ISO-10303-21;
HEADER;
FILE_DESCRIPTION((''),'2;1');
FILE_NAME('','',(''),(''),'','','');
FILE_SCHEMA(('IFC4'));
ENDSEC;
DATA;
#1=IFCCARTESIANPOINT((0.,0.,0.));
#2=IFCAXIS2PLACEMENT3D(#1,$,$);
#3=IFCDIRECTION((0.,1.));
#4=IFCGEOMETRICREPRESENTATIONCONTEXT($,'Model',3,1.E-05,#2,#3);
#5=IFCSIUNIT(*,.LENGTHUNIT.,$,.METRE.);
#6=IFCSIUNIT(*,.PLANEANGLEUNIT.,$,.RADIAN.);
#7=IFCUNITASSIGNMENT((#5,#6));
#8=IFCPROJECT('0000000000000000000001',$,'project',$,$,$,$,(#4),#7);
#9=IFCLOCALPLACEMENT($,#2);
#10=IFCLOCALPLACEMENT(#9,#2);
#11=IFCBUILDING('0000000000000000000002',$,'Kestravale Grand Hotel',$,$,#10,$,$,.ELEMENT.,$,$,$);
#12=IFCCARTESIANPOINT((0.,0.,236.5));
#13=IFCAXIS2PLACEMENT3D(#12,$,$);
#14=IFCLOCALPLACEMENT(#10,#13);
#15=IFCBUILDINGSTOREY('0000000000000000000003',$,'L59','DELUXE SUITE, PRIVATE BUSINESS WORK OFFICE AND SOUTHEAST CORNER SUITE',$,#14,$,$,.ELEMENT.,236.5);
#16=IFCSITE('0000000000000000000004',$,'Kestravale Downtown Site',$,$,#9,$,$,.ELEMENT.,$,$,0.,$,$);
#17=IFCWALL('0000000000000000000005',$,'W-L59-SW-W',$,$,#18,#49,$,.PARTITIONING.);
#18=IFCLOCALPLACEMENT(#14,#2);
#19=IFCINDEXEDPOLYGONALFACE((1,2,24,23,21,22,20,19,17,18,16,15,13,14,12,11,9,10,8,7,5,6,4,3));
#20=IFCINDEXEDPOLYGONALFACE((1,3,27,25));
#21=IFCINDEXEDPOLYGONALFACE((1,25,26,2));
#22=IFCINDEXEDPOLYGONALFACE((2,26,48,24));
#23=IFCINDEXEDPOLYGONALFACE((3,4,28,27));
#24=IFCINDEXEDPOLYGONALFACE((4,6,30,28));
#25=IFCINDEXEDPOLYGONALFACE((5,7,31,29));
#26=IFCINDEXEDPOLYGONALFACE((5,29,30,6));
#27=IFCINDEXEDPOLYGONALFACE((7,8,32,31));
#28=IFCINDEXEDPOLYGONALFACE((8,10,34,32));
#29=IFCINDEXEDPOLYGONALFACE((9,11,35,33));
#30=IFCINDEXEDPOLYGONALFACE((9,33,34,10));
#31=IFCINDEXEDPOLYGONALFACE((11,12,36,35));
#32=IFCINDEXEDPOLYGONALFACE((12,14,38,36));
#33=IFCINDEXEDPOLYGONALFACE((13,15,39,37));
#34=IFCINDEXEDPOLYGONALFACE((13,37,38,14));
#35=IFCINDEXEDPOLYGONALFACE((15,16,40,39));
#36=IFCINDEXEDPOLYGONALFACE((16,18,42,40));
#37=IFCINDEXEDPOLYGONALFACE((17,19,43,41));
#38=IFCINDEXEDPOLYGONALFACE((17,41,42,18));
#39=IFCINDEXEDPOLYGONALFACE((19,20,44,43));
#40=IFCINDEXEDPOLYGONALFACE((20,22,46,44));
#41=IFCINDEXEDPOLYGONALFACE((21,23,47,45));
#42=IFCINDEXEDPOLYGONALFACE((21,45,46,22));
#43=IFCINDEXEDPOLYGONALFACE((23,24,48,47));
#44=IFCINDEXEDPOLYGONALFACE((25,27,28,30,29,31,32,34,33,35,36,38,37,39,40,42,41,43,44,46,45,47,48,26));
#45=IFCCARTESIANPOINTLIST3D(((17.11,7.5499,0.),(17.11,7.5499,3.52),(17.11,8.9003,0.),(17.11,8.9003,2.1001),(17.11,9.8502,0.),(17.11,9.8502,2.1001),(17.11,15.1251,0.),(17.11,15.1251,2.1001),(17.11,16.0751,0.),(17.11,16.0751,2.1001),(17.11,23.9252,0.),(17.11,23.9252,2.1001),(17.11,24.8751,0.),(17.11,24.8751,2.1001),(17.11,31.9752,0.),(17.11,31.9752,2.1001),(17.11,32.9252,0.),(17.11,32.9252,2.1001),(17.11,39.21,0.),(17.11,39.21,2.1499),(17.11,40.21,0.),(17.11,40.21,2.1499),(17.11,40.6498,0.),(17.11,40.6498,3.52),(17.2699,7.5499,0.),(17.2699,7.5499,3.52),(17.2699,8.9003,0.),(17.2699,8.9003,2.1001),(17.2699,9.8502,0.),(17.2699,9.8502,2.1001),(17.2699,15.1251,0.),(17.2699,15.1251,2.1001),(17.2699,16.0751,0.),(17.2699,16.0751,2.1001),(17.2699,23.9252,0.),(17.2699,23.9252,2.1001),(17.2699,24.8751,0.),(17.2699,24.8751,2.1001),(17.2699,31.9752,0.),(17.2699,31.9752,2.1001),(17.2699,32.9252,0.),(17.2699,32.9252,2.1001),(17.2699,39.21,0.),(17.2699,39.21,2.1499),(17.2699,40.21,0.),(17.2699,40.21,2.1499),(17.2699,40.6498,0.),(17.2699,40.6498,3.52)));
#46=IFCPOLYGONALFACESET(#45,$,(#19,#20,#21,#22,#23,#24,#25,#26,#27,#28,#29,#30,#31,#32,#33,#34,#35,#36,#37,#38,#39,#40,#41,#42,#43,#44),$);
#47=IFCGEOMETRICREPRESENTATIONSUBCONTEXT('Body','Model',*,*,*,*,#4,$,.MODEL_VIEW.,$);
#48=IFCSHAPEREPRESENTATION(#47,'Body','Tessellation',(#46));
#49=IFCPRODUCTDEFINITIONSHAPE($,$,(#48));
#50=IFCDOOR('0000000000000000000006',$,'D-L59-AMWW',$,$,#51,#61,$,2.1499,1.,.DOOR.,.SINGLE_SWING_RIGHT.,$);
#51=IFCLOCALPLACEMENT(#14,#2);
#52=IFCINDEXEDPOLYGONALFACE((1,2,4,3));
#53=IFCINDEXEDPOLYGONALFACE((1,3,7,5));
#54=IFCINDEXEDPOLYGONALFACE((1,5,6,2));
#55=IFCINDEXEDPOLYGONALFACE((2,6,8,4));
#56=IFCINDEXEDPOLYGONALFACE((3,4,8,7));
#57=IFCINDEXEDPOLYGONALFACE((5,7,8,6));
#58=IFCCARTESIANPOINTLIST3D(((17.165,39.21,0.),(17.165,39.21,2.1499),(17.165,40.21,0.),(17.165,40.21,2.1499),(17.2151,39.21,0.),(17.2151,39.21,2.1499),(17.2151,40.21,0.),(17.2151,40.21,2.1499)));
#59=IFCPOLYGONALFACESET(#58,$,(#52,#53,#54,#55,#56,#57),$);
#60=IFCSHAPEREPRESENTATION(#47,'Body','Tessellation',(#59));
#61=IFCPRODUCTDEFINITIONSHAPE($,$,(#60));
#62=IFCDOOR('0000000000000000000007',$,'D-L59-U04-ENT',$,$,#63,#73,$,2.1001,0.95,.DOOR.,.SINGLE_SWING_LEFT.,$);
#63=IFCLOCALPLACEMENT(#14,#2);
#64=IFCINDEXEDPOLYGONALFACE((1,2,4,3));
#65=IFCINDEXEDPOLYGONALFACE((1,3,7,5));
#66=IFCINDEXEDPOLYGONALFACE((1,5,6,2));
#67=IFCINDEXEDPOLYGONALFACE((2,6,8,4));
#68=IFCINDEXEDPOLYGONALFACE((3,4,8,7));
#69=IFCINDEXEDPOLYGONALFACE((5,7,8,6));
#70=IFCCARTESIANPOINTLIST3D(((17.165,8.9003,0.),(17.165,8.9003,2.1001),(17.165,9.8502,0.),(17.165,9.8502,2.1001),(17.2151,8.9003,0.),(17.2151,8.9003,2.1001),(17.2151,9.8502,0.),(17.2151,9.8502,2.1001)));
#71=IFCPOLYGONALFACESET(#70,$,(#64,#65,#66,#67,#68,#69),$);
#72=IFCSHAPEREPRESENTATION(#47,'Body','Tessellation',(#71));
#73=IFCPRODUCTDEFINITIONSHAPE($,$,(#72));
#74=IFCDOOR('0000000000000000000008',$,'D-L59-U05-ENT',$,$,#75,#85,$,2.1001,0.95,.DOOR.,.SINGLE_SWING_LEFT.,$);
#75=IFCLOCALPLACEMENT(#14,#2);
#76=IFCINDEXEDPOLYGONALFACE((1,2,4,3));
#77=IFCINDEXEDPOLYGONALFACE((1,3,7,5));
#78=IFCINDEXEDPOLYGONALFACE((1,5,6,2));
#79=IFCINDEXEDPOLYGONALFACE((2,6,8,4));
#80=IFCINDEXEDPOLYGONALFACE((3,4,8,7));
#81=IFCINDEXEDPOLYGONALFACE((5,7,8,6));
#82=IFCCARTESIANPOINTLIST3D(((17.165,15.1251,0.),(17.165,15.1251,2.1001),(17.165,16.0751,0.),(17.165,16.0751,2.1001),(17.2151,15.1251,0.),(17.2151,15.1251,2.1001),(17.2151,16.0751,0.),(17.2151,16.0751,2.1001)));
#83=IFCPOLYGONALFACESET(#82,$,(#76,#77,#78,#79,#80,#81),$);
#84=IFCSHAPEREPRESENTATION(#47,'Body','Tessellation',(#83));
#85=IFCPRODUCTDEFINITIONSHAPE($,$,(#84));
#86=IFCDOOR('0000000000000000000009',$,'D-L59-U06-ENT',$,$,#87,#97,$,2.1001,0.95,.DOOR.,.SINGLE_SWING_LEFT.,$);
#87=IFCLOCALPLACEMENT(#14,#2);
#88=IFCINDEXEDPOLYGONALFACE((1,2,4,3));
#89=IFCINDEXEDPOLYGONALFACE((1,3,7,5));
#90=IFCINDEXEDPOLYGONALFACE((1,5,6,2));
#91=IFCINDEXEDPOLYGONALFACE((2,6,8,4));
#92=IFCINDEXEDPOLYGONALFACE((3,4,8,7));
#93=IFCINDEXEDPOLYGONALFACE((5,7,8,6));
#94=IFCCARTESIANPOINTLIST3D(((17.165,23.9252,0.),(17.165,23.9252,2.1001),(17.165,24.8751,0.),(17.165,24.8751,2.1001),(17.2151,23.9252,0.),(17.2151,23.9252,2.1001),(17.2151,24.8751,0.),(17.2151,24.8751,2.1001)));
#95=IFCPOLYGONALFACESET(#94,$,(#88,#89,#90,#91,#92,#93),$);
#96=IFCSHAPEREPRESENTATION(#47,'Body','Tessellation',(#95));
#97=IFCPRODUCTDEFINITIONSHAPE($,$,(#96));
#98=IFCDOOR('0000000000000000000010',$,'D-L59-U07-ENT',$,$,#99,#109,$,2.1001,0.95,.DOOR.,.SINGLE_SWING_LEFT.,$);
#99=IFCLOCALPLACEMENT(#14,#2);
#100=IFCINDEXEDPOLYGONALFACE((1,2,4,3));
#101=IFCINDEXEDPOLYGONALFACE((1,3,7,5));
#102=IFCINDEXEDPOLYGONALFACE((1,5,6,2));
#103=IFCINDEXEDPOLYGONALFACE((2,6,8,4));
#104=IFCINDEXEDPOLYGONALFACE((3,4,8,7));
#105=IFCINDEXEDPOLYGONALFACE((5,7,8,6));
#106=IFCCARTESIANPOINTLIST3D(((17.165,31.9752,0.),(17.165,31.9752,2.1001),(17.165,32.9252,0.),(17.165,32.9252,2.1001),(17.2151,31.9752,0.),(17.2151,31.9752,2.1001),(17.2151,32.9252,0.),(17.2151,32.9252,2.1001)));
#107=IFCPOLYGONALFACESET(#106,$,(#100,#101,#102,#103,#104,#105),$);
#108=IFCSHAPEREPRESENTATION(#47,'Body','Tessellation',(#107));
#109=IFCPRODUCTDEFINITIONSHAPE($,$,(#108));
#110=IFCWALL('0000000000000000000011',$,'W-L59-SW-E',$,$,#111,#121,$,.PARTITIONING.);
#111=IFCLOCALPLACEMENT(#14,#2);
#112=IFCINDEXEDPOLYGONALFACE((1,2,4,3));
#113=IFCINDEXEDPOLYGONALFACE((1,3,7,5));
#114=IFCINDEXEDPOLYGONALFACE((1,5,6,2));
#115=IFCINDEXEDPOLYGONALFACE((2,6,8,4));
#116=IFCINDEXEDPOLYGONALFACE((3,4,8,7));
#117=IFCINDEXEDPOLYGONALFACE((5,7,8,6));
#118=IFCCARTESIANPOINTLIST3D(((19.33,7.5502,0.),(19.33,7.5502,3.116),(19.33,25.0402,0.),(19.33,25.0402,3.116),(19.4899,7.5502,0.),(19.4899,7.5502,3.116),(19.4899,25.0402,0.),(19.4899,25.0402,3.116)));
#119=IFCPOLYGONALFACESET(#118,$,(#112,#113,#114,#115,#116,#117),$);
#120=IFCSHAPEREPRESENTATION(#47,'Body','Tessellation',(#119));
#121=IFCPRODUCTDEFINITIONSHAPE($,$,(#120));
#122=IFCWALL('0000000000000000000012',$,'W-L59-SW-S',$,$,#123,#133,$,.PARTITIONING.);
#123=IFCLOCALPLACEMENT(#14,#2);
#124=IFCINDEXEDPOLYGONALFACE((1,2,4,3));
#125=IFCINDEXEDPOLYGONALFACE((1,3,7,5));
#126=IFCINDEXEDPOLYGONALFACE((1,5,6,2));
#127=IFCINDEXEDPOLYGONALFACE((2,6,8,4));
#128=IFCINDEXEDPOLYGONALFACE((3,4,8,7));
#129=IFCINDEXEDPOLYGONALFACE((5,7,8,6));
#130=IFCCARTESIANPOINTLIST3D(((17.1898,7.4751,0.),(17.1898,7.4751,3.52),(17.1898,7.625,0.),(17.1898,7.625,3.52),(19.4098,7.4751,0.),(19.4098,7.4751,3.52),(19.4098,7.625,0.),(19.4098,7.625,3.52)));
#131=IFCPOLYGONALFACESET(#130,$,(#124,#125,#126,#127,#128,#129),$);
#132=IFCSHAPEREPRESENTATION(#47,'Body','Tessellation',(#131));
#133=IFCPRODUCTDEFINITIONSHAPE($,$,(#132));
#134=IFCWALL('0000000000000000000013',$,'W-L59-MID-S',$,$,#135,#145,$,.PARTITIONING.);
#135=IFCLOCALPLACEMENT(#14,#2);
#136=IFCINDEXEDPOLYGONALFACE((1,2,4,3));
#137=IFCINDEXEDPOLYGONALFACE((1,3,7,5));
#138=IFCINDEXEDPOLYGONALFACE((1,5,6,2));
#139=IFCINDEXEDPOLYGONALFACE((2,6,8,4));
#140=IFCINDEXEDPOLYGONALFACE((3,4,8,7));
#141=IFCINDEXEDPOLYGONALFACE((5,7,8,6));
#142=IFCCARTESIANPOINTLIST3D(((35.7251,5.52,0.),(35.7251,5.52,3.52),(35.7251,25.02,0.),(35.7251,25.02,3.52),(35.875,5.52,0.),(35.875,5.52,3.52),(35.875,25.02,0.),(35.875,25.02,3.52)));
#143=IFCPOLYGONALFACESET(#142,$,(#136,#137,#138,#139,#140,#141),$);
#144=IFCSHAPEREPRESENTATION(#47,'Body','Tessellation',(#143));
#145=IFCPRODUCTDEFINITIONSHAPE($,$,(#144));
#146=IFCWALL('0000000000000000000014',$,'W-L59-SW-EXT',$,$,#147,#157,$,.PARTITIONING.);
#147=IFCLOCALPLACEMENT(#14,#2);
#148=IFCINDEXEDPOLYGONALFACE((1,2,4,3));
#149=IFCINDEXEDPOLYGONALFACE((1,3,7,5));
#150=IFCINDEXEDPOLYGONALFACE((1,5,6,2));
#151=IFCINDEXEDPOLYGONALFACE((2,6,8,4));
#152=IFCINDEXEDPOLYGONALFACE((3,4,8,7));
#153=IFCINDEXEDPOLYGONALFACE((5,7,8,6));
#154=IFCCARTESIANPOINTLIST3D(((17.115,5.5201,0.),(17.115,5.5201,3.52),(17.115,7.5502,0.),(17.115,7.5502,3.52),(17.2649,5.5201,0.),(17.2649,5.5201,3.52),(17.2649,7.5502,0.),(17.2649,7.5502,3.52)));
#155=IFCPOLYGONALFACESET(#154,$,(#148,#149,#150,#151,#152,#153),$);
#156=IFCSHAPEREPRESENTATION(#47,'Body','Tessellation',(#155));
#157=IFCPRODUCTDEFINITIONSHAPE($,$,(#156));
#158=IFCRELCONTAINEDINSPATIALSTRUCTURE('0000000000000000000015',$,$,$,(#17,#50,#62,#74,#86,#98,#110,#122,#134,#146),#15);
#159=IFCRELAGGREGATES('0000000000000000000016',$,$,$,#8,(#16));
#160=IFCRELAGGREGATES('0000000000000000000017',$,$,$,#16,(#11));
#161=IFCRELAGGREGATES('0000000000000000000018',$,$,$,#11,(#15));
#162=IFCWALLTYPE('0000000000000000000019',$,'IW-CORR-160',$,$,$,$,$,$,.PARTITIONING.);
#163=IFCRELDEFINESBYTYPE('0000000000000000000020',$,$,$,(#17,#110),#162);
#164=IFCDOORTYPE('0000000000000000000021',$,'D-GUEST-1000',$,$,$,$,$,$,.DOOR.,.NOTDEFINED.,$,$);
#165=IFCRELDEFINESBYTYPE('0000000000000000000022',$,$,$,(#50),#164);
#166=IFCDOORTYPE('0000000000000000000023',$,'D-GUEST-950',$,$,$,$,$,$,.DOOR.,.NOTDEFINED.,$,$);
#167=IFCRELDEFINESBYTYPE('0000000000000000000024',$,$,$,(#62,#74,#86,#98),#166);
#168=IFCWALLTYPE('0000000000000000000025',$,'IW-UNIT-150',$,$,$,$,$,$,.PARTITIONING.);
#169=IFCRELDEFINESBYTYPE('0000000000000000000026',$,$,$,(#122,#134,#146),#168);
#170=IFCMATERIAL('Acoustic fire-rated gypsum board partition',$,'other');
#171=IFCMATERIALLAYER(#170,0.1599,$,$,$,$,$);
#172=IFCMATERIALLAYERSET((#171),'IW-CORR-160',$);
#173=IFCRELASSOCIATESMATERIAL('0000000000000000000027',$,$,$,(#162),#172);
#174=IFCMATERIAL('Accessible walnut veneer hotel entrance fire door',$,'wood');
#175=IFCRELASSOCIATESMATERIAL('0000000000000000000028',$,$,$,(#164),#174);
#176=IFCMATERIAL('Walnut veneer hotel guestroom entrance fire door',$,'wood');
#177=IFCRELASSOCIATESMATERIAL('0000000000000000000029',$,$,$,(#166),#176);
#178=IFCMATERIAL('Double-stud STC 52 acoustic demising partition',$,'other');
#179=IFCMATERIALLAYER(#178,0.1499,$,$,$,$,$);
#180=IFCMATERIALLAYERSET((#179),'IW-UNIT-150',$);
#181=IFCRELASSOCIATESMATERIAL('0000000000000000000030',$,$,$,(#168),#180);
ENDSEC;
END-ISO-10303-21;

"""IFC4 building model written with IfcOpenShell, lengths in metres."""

from ifc_helpers import new_model, si_unit, direction, frame, frame_2d, origin, place, context, subcontext, project, spatial, rectangle, extrude, material, layer, layer_set, type_object, element, fill, save


model = new_model("IFC4")

# Units and contexts
model_context = context("Model", 3, precision=1e-05, world=origin(), true_north=direction((0.0, 1.0)))
body_context = subcontext(model_context, "Body", "Model", "MODEL_VIEW")
ifc_project = project(units=[si_unit("LENGTHUNIT", "METRE"), si_unit("PLANEANGLEUNIT", "RADIAN")], contexts=[model_context])

# Site, building, storey
site_placement = place(None, origin())
site = spatial("IfcSite", under=ifc_project, at=site_placement, Name="Kestravale Downtown Site", CompositionType="ELEMENT", RefElevation=0.0)
building_placement = place(site_placement, origin())
building = spatial("IfcBuilding", under=site, at=building_placement, Name="Kestravale Grand Hotel", CompositionType="ELEMENT")
storey_placement = place(building_placement, frame((0.0, 0.0, 236.5)))
storey = spatial("IfcBuildingStorey", under=building, at=storey_placement, Name="L59", Description="DELUXE SUITE, PRIVATE BUSINESS WORK OFFICE AND SOUTHEAST CORNER SUITE", CompositionType="ELEMENT", Elevation=236.5)

# Wall, openings, doors
ifc_material_1 = material(Name="Acoustic fire-rated gypsum board partition", Category="other")
ifc_layer_1 = layer(ifc_material_1, 0.1599)
ifc_layer_set_1 = layer_set([ifc_layer_1], Name="IW-CORR-160")
wall_type_1 = type_object("IfcWallType", Name="IW-CORR-160", PredefinedType="PARTITIONING", material=ifc_layer_set_1)
wall_1_placement = place(storey_placement, frame((17.1899, 7.55, 0.0), z_axis=(0.0, 0.0, 1.0), x_axis=(0.0, 1.0, 0.0)))
wall_1 = element("IfcWall", 1, at=wall_1_placement, inside=storey, type_object=wall_type_1, Name="W-L59-SW-W", PredefinedType="PARTITIONING", context=body_context, shape_type="SweptSolid", body=[
    extrude(rectangle(XDim=33.0999, YDim=0.1599, at=frame_2d((16.5498, 0.0))), origin(), (0.0, 0.0, 1.0), 3.52),
])
opening_1_placement = place(wall_1_placement, frame((1.3501, 0.0, 0.0)))
opening_1 = element("IfcOpeningElement", 2, at=opening_1_placement, cuts=wall_1, PredefinedType="OPENING", context=body_context, shape_type="SweptSolid", body=[
    extrude(rectangle(XDim=0.95, YDim=2.1001, at=frame_2d((0.4751, 1.05))), frame((0.0, 0.0898, 0.0), z_axis=(0.0, -1.0, 0.0), x_axis=(1.0, 0.0, 0.0)), (0.0, 0.0, 1.0), 0.1799),
])
opening_2_placement = place(wall_1_placement, frame((7.575, 0.0, 0.0)))
opening_2 = element("IfcOpeningElement", 3, at=opening_2_placement, cuts=wall_1, PredefinedType="OPENING", context=body_context, shape_type="SweptSolid", body=[
    extrude(rectangle(XDim=0.95, YDim=2.1001, at=frame_2d((0.4751, 1.05))), frame((0.0, 0.0898, 0.0), z_axis=(0.0, -1.0, 0.0), x_axis=(1.0, 0.0, 0.0)), (0.0, 0.0, 1.0), 0.1799),
])
opening_3_placement = place(wall_1_placement, frame((16.375, 0.0, 0.0)))
opening_3 = element("IfcOpeningElement", 4, at=opening_3_placement, cuts=wall_1, PredefinedType="OPENING", context=body_context, shape_type="SweptSolid", body=[
    extrude(rectangle(XDim=0.95, YDim=2.1001, at=frame_2d((0.4751, 1.05))), frame((0.0, 0.0898, 0.0), z_axis=(0.0, -1.0, 0.0), x_axis=(1.0, 0.0, 0.0)), (0.0, 0.0, 1.0), 0.1799),
])
opening_4_placement = place(wall_1_placement, frame((24.425, 0.0, 0.0)))
opening_4 = element("IfcOpeningElement", 5, at=opening_4_placement, cuts=wall_1, PredefinedType="OPENING", context=body_context, shape_type="SweptSolid", body=[
    extrude(rectangle(XDim=0.95, YDim=2.1001, at=frame_2d((0.4751, 1.05))), frame((0.0, 0.0898, 0.0), z_axis=(0.0, -1.0, 0.0), x_axis=(1.0, 0.0, 0.0)), (0.0, 0.0, 1.0), 0.1799),
])
opening_5_placement = place(wall_1_placement, frame((31.6599, 0.0, 0.0)))
opening_5 = element("IfcOpeningElement", 6, at=opening_5_placement, cuts=wall_1, PredefinedType="OPENING", context=body_context, shape_type="SweptSolid", body=[
    extrude(rectangle(XDim=1.0, YDim=2.1499, at=frame_2d((0.5, 1.075))), frame((0.0, 0.0898, 0.0), z_axis=(0.0, -1.0, 0.0), x_axis=(1.0, 0.0, 0.0)), (0.0, 0.0, 1.0), 0.1799),
])
ifc_material_2 = material(Name="Accessible walnut veneer hotel entrance fire door", Category="wood")
door_type_1 = type_object("IfcDoorType", Name="D-GUEST-1000", OperationType="NOTDEFINED", PredefinedType="DOOR", material=ifc_material_2)
door_1_placement = place(opening_5_placement, origin())
door_1 = element("IfcDoor", 7, at=door_1_placement, inside=storey, type_object=door_type_1, Name="D-L59-AMWW", OperationType="SINGLE_SWING_RIGHT", OverallHeight=2.1499, OverallWidth=1.0, PredefinedType="DOOR", context=body_context, shape_type="SweptSolid", body=[
    extrude(rectangle(XDim=1.0, YDim=2.1499, at=frame_2d((0.5, 1.075))), frame((0.0, 0.0249, 0.0), z_axis=(0.0, -1.0, 0.0), x_axis=(1.0, 0.0, 0.0)), (0.0, 0.0, 1.0), 0.05),
])
fill(opening_5, door_1)
ifc_material_3 = material(Name="Walnut veneer hotel guestroom entrance fire door", Category="wood")
door_type_2 = type_object("IfcDoorType", Name="D-GUEST-950", OperationType="NOTDEFINED", PredefinedType="DOOR", material=ifc_material_3)
door_2_placement = place(opening_1_placement, origin())
door_2 = element("IfcDoor", 8, at=door_2_placement, inside=storey, type_object=door_type_2, Name="D-L59-U04-ENT", OperationType="SINGLE_SWING_LEFT", OverallHeight=2.1001, OverallWidth=0.95, PredefinedType="DOOR", context=body_context, shape_type="SweptSolid", body=[
    extrude(rectangle(XDim=0.95, YDim=2.1001, at=frame_2d((0.4751, 1.05))), frame((0.0, 0.0249, 0.0), z_axis=(0.0, -1.0, 0.0), x_axis=(1.0, 0.0, 0.0)), (0.0, 0.0, 1.0), 0.05),
])
fill(opening_1, door_2)
door_3_placement = place(opening_2_placement, origin())
door_3 = element("IfcDoor", 9, at=door_3_placement, inside=storey, type_object=door_type_2, Name="D-L59-U05-ENT", OperationType="SINGLE_SWING_LEFT", OverallHeight=2.1001, OverallWidth=0.95, PredefinedType="DOOR", context=body_context, shape_type="SweptSolid", body=[
    extrude(rectangle(XDim=0.95, YDim=2.1001, at=frame_2d((0.4751, 1.05))), frame((0.0, 0.0249, 0.0), z_axis=(0.0, -1.0, 0.0), x_axis=(1.0, 0.0, 0.0)), (0.0, 0.0, 1.0), 0.05),
])
fill(opening_2, door_3)
door_4_placement = place(opening_3_placement, origin())
door_4 = element("IfcDoor", 10, at=door_4_placement, inside=storey, type_object=door_type_2, Name="D-L59-U06-ENT", OperationType="SINGLE_SWING_LEFT", OverallHeight=2.1001, OverallWidth=0.95, PredefinedType="DOOR", context=body_context, shape_type="SweptSolid", body=[
    extrude(rectangle(XDim=0.95, YDim=2.1001, at=frame_2d((0.4751, 1.05))), frame((0.0, 0.0249, 0.0), z_axis=(0.0, -1.0, 0.0), x_axis=(1.0, 0.0, 0.0)), (0.0, 0.0, 1.0), 0.05),
])
fill(opening_3, door_4)
door_5_placement = place(opening_4_placement, origin())
door_5 = element("IfcDoor", 11, at=door_5_placement, inside=storey, type_object=door_type_2, Name="D-L59-U07-ENT", OperationType="SINGLE_SWING_LEFT", OverallHeight=2.1001, OverallWidth=0.95, PredefinedType="DOOR", context=body_context, shape_type="SweptSolid", body=[
    extrude(rectangle(XDim=0.95, YDim=2.1001, at=frame_2d((0.4751, 1.05))), frame((0.0, 0.0249, 0.0), z_axis=(0.0, -1.0, 0.0), x_axis=(1.0, 0.0, 0.0)), (0.0, 0.0, 1.0), 0.05),
])
fill(opening_4, door_5)

# Walls
wall_2_placement = place(storey_placement, frame((19.4099, 7.55, 0.0), z_axis=(0.0, 0.0, 1.0), x_axis=(0.0, 1.0, 0.0)))
element("IfcWall", 12, at=wall_2_placement, inside=storey, type_object=wall_type_1, Name="W-L59-SW-E", PredefinedType="PARTITIONING", context=body_context, shape_type="SweptSolid", body=[
    extrude(rectangle(XDim=17.49, YDim=0.1599, at=frame_2d((8.7451, 0.0))), origin(), (0.0, 0.0, 1.0), 3.116),
])
ifc_material_4 = material(Name="Double-stud STC 52 acoustic demising partition", Category="other")
ifc_layer_2 = layer(ifc_material_4, 0.1499)
ifc_layer_set_2 = layer_set([ifc_layer_2], Name="IW-UNIT-150")
wall_type_2 = type_object("IfcWallType", Name="IW-UNIT-150", PredefinedType="PARTITIONING", material=ifc_layer_set_2)
wall_3_placement = place(storey_placement, frame((17.1899, 7.55, 0.0), z_axis=(0.0, 0.0, 1.0), x_axis=(1.0, 0.0, 0.0)))
element("IfcWall", 13, at=wall_3_placement, inside=storey, type_object=wall_type_2, Name="W-L59-SW-S", PredefinedType="PARTITIONING", context=body_context, shape_type="SweptSolid", body=[
    extrude(rectangle(XDim=2.22, YDim=0.1499, at=frame_2d((1.1099, 0.0))), origin(), (0.0, 0.0, 1.0), 3.52),
])
wall_4_placement = place(storey_placement, frame((35.8, 5.52, 0.0), z_axis=(0.0, 0.0, 1.0), x_axis=(0.0, 1.0, 0.0)))
element("IfcWall", 14, at=wall_4_placement, inside=storey, type_object=wall_type_2, Name="W-L59-MID-S", PredefinedType="PARTITIONING", context=body_context, shape_type="SweptSolid", body=[
    extrude(rectangle(XDim=19.5, YDim=0.1499, at=frame_2d((9.75, 0.0))), origin(), (0.0, 0.0, 1.0), 3.52),
])
wall_5_placement = place(storey_placement, frame((17.1899, 5.52, 0.0), z_axis=(0.0, 0.0, 1.0), x_axis=(0.0, 1.0, 0.0)))
element("IfcWall", 15, at=wall_5_placement, inside=storey, type_object=wall_type_2, Name="W-L59-SW-EXT", PredefinedType="PARTITIONING", context=body_context, shape_type="SweptSolid", body=[
    extrude(rectangle(XDim=2.03, YDim=0.1499, at=frame_2d((1.0151, 0.0))), origin(), (0.0, 0.0, 1.0), 3.52),
])

save(model, "model.ifc")
